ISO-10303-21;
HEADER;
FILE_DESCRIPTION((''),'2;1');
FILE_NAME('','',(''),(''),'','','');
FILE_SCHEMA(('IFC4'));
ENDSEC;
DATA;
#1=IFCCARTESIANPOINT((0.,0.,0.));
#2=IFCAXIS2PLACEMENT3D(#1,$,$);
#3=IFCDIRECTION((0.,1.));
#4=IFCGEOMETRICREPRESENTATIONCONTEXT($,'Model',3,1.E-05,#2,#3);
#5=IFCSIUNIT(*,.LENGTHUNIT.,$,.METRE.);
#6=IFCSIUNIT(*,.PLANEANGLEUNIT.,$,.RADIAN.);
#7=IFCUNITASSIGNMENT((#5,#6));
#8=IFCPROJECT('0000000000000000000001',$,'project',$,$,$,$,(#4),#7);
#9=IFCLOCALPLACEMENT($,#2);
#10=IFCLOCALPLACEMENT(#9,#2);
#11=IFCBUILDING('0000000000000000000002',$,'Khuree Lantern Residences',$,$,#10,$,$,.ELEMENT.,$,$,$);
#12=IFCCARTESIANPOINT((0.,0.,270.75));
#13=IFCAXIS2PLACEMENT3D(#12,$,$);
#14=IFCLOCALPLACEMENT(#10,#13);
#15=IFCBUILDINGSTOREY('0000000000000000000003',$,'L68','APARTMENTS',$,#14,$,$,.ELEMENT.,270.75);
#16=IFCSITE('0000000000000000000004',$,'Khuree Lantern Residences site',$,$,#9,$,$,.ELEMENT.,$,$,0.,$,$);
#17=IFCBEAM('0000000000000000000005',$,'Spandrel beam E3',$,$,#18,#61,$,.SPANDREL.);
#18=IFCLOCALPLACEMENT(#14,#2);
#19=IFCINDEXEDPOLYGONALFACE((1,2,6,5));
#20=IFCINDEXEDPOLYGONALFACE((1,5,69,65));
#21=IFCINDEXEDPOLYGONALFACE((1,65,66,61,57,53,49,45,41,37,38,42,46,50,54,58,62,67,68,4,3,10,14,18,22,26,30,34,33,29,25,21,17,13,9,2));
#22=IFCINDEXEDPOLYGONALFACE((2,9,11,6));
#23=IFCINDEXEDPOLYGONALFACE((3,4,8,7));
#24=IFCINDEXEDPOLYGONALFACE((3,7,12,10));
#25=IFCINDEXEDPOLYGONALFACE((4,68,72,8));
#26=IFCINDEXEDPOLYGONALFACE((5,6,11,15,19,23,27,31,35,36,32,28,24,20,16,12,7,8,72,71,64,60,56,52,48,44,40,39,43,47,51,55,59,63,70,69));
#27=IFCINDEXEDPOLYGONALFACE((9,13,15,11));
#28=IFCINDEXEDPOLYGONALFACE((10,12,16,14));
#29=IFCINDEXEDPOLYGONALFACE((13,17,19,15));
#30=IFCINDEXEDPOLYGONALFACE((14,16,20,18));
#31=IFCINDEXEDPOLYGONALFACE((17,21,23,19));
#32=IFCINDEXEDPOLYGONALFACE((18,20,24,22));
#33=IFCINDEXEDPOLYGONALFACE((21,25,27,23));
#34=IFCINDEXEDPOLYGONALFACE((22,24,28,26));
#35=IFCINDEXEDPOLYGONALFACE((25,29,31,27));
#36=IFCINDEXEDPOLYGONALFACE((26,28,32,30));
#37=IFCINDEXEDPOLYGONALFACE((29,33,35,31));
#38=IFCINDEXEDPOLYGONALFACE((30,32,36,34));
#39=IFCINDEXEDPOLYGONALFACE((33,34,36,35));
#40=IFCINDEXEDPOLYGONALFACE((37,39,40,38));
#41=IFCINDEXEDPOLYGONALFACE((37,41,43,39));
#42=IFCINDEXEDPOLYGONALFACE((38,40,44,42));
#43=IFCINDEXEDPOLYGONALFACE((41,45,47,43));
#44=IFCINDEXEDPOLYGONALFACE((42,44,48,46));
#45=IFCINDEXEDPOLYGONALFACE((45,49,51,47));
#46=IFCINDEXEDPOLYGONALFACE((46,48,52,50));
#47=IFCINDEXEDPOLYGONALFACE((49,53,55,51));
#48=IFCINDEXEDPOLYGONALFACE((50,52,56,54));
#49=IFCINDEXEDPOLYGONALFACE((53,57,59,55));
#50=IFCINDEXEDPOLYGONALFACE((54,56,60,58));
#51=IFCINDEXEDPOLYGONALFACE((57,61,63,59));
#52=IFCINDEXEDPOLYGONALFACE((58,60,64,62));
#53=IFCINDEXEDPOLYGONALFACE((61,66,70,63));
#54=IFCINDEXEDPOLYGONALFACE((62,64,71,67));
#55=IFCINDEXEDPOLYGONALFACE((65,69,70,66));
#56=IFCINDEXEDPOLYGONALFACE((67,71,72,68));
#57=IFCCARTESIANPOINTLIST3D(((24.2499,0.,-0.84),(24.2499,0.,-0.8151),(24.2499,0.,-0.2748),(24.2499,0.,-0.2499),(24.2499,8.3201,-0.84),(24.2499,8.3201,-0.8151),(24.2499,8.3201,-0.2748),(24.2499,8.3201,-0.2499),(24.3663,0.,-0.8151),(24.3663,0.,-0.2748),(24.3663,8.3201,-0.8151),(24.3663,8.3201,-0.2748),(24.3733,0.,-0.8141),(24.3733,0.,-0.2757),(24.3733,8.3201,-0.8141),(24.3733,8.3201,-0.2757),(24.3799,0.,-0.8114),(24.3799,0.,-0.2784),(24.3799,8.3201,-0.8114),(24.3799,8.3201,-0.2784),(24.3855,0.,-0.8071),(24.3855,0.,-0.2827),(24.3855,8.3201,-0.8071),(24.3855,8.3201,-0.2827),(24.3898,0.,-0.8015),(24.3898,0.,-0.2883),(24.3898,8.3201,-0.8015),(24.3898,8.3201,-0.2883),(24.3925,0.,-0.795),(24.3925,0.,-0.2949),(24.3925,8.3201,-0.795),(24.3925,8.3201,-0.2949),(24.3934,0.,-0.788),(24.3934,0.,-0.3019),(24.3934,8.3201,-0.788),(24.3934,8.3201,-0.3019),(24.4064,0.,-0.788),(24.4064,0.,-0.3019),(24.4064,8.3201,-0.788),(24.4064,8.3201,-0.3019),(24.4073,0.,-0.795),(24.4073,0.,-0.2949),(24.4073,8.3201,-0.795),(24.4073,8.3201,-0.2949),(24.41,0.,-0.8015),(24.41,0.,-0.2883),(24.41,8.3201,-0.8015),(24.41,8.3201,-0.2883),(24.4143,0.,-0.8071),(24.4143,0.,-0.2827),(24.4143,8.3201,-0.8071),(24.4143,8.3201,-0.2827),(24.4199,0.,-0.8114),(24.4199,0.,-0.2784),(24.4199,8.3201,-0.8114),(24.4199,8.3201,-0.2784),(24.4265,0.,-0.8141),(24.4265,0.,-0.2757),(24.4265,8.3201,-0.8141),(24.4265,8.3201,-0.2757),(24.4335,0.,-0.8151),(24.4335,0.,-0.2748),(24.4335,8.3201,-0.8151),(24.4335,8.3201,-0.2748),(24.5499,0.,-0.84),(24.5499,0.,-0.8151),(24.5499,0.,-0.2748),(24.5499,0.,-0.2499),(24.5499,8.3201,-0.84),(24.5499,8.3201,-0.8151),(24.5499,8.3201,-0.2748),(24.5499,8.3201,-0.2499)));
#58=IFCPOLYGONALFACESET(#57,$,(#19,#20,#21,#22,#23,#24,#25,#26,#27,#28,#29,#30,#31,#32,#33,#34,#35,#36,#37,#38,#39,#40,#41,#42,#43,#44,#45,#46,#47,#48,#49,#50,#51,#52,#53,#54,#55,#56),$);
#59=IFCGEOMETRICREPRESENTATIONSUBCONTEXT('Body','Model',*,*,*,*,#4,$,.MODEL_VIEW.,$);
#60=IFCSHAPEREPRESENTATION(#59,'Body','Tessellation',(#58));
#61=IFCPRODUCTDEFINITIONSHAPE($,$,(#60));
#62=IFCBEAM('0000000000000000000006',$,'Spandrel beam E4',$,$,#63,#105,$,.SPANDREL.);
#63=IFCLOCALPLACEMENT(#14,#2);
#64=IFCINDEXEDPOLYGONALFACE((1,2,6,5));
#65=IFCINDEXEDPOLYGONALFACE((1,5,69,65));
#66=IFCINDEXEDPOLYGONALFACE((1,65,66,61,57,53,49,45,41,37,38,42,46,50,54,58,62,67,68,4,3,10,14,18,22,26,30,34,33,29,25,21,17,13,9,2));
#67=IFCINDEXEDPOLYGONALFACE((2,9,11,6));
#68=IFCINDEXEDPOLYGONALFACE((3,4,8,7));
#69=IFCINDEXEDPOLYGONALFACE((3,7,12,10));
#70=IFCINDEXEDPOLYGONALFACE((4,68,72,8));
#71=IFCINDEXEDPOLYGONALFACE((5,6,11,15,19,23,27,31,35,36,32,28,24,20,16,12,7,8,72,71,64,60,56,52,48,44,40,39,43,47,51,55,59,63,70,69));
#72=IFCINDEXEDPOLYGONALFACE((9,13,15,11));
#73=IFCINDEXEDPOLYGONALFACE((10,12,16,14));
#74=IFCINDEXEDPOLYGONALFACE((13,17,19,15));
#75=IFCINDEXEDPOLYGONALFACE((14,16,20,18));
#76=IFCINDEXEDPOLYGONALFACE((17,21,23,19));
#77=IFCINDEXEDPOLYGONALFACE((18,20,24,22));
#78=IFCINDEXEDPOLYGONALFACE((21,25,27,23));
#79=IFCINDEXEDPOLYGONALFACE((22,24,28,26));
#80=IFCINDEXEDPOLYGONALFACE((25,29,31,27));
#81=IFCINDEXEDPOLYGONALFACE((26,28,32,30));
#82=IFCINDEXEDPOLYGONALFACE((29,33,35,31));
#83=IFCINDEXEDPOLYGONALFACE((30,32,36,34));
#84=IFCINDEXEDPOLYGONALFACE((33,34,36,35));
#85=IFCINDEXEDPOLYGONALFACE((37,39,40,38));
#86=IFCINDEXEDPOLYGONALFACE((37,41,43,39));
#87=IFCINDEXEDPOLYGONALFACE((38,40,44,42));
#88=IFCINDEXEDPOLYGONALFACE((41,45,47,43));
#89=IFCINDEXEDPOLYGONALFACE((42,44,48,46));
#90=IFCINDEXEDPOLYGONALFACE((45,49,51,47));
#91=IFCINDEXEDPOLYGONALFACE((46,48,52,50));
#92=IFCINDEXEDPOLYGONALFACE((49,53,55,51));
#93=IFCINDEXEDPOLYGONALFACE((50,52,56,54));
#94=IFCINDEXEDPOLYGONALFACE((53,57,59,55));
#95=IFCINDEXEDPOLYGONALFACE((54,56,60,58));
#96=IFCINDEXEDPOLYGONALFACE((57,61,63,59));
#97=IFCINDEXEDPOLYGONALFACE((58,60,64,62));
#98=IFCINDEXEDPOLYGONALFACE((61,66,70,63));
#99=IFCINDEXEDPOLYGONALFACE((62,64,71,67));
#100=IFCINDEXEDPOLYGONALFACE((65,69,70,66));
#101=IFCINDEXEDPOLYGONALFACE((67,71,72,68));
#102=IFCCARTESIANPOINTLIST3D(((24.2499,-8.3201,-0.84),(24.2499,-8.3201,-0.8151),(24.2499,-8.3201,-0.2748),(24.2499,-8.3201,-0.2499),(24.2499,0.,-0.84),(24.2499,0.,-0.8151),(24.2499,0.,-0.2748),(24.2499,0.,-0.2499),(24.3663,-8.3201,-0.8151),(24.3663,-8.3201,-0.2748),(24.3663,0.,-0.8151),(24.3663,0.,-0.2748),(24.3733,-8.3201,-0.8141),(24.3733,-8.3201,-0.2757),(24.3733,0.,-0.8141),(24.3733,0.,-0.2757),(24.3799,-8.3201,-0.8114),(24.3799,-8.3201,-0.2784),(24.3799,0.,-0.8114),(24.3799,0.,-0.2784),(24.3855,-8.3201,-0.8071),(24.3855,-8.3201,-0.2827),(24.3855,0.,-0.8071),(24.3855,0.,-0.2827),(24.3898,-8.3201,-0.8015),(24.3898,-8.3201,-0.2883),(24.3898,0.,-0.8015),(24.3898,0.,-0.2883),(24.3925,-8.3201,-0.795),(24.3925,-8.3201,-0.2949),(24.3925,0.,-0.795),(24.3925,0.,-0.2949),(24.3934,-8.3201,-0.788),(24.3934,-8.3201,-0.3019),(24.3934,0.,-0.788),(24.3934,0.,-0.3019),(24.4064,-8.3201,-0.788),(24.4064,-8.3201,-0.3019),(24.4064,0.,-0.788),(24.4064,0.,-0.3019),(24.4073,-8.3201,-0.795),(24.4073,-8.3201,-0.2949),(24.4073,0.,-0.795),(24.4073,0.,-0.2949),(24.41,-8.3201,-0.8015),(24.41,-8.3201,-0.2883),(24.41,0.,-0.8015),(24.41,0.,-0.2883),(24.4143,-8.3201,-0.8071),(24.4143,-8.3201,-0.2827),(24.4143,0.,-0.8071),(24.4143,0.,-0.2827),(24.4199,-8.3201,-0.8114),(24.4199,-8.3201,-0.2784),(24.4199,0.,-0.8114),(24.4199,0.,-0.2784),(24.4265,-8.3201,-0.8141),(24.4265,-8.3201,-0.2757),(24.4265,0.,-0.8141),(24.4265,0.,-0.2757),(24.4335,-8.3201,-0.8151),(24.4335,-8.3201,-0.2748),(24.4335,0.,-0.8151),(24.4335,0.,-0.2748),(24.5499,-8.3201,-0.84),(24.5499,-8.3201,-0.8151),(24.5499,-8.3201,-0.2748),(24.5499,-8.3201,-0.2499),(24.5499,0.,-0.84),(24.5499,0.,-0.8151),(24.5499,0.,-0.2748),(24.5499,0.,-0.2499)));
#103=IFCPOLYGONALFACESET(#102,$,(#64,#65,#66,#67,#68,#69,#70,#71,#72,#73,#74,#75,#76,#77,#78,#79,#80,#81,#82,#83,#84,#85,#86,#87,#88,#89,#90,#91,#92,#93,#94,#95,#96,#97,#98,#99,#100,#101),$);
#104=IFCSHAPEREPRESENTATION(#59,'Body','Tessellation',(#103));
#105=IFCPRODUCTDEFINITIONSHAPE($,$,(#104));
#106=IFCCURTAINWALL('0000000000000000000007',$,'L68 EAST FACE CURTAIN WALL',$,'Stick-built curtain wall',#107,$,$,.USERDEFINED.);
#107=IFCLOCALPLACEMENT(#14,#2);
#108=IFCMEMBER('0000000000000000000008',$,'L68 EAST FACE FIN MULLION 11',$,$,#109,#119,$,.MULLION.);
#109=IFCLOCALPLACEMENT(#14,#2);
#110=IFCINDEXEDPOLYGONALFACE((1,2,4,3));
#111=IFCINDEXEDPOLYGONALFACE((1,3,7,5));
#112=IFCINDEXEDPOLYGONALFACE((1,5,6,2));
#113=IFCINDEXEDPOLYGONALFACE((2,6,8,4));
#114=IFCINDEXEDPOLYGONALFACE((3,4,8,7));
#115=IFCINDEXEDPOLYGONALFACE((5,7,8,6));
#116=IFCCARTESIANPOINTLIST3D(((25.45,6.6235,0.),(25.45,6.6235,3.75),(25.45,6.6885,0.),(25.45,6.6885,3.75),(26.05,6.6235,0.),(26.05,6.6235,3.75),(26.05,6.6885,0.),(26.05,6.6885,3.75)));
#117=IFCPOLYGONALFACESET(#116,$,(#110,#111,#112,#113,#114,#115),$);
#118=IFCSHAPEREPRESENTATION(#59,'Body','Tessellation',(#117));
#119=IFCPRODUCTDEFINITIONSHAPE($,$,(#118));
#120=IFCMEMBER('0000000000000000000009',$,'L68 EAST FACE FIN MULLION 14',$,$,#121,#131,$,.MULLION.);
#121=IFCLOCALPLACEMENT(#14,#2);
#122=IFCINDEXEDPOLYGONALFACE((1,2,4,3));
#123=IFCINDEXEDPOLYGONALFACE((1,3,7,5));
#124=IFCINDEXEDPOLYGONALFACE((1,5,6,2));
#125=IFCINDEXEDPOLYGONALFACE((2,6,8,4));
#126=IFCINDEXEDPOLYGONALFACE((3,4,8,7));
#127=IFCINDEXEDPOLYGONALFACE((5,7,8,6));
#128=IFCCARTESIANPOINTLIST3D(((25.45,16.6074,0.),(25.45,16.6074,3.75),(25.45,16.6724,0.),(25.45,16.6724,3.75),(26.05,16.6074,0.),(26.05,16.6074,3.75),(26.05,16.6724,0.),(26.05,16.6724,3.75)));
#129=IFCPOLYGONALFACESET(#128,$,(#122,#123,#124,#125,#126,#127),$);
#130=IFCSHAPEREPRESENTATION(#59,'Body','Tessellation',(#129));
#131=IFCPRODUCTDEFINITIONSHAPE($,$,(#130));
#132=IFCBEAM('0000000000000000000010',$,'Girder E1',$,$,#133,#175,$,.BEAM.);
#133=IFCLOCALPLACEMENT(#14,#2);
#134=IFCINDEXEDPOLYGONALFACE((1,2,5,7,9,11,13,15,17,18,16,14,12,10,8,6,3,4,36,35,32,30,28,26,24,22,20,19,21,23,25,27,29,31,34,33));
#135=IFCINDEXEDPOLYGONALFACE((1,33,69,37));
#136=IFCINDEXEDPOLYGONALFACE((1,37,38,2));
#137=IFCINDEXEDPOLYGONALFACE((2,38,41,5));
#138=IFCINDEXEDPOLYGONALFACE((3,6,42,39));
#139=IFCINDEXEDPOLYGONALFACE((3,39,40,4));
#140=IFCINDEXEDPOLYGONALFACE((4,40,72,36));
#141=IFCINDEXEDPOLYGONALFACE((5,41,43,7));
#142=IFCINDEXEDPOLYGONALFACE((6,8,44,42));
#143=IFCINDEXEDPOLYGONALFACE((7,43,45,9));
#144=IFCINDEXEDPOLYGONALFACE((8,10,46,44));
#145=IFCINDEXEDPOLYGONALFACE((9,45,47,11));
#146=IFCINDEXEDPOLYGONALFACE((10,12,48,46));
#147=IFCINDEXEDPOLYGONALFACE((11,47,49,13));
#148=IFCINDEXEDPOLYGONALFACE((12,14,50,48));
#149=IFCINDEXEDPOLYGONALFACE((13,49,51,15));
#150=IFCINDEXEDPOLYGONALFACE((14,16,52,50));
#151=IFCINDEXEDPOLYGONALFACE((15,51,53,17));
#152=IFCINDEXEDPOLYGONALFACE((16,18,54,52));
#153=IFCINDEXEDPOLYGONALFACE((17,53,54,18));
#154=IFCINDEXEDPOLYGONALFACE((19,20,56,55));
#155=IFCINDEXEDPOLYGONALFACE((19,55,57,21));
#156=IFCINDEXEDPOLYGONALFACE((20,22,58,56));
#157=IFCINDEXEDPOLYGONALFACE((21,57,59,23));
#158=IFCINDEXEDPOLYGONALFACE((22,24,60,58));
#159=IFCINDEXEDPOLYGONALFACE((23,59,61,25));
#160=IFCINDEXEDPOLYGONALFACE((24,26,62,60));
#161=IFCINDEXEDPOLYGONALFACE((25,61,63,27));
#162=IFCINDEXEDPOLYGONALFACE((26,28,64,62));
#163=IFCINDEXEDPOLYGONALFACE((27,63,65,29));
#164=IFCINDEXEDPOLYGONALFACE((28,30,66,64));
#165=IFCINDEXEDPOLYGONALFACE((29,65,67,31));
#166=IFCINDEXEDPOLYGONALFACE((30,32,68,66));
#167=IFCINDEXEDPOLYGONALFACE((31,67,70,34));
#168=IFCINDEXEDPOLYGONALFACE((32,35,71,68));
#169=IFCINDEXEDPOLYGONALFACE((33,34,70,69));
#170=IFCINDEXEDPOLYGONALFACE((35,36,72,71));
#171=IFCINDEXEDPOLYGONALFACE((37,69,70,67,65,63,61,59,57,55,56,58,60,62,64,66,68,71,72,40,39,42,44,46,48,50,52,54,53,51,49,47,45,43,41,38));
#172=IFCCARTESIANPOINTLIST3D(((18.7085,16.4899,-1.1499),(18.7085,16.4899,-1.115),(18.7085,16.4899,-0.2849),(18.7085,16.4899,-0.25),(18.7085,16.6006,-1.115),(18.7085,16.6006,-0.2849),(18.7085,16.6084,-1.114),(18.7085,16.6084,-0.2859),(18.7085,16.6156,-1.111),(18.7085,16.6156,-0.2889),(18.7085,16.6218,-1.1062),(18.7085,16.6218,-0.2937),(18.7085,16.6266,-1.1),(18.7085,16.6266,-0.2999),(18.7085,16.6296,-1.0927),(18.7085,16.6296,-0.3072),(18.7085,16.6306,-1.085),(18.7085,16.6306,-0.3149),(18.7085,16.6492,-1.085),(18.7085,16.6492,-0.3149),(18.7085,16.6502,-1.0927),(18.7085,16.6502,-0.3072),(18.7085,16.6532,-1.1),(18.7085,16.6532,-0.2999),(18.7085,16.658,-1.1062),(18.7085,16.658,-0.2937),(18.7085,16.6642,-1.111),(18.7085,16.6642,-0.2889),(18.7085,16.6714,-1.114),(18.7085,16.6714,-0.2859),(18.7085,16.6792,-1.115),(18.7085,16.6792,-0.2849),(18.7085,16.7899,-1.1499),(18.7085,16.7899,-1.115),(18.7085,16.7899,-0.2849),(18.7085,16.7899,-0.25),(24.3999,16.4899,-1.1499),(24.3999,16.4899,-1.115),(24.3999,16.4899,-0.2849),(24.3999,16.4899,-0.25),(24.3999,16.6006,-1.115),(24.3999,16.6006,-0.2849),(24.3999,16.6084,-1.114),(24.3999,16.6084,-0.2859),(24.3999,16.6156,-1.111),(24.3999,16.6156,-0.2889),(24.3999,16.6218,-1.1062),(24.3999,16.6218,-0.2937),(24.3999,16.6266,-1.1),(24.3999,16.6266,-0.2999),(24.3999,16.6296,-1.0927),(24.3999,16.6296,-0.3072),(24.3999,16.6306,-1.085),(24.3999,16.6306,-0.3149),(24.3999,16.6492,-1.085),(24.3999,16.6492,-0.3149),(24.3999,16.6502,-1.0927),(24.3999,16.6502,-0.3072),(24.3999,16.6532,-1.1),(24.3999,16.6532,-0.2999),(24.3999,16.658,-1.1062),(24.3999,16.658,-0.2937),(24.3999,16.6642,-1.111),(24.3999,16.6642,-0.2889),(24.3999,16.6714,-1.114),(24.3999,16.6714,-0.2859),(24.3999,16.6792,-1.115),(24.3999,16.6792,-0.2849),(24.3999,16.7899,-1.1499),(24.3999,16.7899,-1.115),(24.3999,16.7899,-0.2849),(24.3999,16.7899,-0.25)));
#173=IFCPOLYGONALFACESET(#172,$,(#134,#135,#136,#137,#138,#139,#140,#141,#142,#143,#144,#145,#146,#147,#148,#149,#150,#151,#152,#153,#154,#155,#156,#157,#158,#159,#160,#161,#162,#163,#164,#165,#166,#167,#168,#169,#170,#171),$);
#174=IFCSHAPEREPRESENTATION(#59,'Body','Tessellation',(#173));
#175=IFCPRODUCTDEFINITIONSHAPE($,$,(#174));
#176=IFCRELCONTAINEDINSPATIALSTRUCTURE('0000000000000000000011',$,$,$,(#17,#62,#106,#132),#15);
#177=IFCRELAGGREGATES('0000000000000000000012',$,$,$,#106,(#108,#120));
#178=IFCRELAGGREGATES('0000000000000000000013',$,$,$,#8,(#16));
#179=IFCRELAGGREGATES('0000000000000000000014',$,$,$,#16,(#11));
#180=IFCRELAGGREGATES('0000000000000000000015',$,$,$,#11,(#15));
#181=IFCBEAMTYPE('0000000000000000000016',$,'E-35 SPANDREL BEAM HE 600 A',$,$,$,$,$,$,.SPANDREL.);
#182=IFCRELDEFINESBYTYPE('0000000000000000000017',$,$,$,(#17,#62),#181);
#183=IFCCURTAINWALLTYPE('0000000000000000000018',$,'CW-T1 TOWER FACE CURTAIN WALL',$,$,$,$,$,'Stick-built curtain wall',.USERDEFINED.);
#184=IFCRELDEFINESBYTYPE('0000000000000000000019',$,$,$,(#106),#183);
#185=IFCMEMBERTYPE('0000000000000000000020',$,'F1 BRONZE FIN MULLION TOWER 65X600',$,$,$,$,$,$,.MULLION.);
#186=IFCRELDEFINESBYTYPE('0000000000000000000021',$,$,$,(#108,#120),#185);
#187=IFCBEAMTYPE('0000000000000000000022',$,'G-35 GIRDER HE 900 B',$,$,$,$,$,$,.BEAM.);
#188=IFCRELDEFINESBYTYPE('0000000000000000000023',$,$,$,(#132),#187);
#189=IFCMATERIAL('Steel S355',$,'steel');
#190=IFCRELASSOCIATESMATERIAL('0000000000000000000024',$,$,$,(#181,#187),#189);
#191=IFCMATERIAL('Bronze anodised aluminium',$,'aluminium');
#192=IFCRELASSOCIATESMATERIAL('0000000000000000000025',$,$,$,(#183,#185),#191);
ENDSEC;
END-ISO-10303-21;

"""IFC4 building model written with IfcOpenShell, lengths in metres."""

from ifc_helpers import new_model, si_unit, direction, frame, origin, origin_2d, place, context, subcontext, project, spatial, rectangle, i_section, extrude, material, material_profile, profile_set, type_object, element, aggregate, save


model = new_model("IFC4")

# Units and contexts
model_context = context("Model", 3, precision=1e-05, world=origin(), true_north=direction((0.0, 1.0)))
body_context = subcontext(model_context, "Body", "Model", "MODEL_VIEW")
ifc_project = project(units=[si_unit("LENGTHUNIT", "METRE"), si_unit("PLANEANGLEUNIT", "RADIAN")], contexts=[model_context])

# Site, building, storey
site_placement = place(None, origin())
site = spatial("IfcSite", under=ifc_project, at=site_placement, Name="Khuree Lantern Residences site", CompositionType="ELEMENT", RefElevation=0.0)
building_placement = place(site_placement, origin())
building = spatial("IfcBuilding", under=site, at=building_placement, Name="Khuree Lantern Residences", CompositionType="ELEMENT")
storey_placement = place(building_placement, frame((0.0, 0.0, 270.75)))
storey = spatial("IfcBuildingStorey", under=building, at=storey_placement, Name="L68", Description="APARTMENTS", CompositionType="ELEMENT", Elevation=270.75)

# Beams
ifc_material_1 = material(Name="Steel S355", Category="steel")
ifc_material_profile_1 = material_profile(ifc_material_1, i_section(OverallWidth=0.3, OverallDepth=0.5901, WebThickness=0.0129, FlangeThickness=0.0249, FilletRadius=0.0271, at=origin_2d()), Name="HE 600 A")
ifc_profile_set_1 = profile_set([ifc_material_profile_1], Name="Steel S355")
beam_type_1 = type_object("IfcBeamType", Name="E-35 SPANDREL BEAM HE 600 A", PredefinedType="SPANDREL", material=ifc_profile_set_1)
for number, where, z_axis, x_axis, name in (
    (1, (24.3999, 8.3201, -0.5449), (0.0, -1.0, 0.0), (1.0, 0.0, 0.0), "Spandrel beam E3"),
    (2, (24.3999, 0.0, -0.5449), (0.0, -1.0, 0.0), (1.0, 0.0, 0.0), "Spandrel beam E4"),
):
    element("IfcBeam", number, at=place(storey_placement, frame(where, z_axis=z_axis, x_axis=x_axis)), inside=storey, type_object=beam_type_1, Name=name, PredefinedType="SPANDREL", context=body_context, shape_type="SweptSolid", body=[
        extrude(i_section(OverallWidth=0.3, OverallDepth=0.5901, WebThickness=0.0129, FlangeThickness=0.0249, FilletRadius=0.0271, at=origin_2d()), origin(), (0.0, 0.0, 1.0), 8.3201),
    ])

# Curtain wall, members
ifc_material_2 = material(Name="Bronze anodised aluminium", Category="aluminium")
curtain_wall_type = type_object("IfcCurtainWallType", Name="CW-T1 TOWER FACE CURTAIN WALL", ElementType="Stick-built curtain wall", PredefinedType="USERDEFINED", material=ifc_material_2)
curtain_wall_placement = place(storey_placement, origin())
curtain_wall = element("IfcCurtainWall", 3, at=curtain_wall_placement, inside=storey, type_object=curtain_wall_type, Name="L68 EAST FACE CURTAIN WALL", ObjectType="Stick-built curtain wall", PredefinedType="USERDEFINED")
ifc_material_profile_2 = material_profile(ifc_material_2, rectangle(XDim=0.0649, YDim=0.6001, at=origin_2d()), Name="F1 65X600")
ifc_profile_set_2 = profile_set([ifc_material_profile_2], Name="Bronze anodised aluminium")
member_type_1 = type_object("IfcMemberType", Name="F1 BRONZE FIN MULLION TOWER 65X600", PredefinedType="MULLION", material=ifc_profile_set_2)
member_1_placement = place(storey_placement, frame((25.75, 6.656, 0.0), z_axis=(0.0, 0.0, 1.0), x_axis=(0.0, 1.0, 0.0)))
member_1 = element("IfcMember", 4, at=member_1_placement, type_object=member_type_1, Name="L68 EAST FACE FIN MULLION 11", PredefinedType="MULLION", context=body_context, shape_type="SweptSolid", body=[
    extrude(rectangle(XDim=0.0649, YDim=0.6001, at=origin_2d()), origin(), (0.0, 0.0, 1.0), 3.75),
])
member_2_placement = place(storey_placement, frame((25.75, 16.6399, 0.0), z_axis=(0.0, 0.0, 1.0), x_axis=(0.0, 1.0, 0.0)))
member_2 = element("IfcMember", 5, at=member_2_placement, type_object=member_type_1, Name="L68 EAST FACE FIN MULLION 14", PredefinedType="MULLION", context=body_context, shape_type="SweptSolid", body=[
    extrude(rectangle(XDim=0.0649, YDim=0.6001, at=origin_2d()), origin(), (0.0, 0.0, 1.0), 3.75),
])

# Beam
ifc_material_profile_3 = material_profile(ifc_material_1, i_section(OverallWidth=0.3, OverallDepth=0.8999, WebThickness=0.0186, FlangeThickness=0.0349, FilletRadius=0.03, at=origin_2d()), Name="HE 900 B")
ifc_profile_set_3 = profile_set([ifc_material_profile_3], Name="Steel S355")
beam_type_2 = type_object("IfcBeamType", Name="G-35 GIRDER HE 900 B", PredefinedType="BEAM", material=ifc_profile_set_3)
beam_1_placement = place(storey_placement, frame((24.3999, 16.6399, -0.7), z_axis=(-1.0, 0.0, 0.0), x_axis=(0.0, -1.0, 0.0)))
element("IfcBeam", 6, at=beam_1_placement, inside=storey, type_object=beam_type_2, Name="Girder E1", PredefinedType="BEAM", context=body_context, shape_type="SweptSolid", body=[
    extrude(i_section(OverallWidth=0.3, OverallDepth=0.8999, WebThickness=0.0186, FlangeThickness=0.0349, FilletRadius=0.03, at=origin_2d()), origin(), (0.0, 0.0, 1.0), 5.6914),
])

aggregate(curtain_wall, [member_1, member_2])

save(model, "model.ifc")
